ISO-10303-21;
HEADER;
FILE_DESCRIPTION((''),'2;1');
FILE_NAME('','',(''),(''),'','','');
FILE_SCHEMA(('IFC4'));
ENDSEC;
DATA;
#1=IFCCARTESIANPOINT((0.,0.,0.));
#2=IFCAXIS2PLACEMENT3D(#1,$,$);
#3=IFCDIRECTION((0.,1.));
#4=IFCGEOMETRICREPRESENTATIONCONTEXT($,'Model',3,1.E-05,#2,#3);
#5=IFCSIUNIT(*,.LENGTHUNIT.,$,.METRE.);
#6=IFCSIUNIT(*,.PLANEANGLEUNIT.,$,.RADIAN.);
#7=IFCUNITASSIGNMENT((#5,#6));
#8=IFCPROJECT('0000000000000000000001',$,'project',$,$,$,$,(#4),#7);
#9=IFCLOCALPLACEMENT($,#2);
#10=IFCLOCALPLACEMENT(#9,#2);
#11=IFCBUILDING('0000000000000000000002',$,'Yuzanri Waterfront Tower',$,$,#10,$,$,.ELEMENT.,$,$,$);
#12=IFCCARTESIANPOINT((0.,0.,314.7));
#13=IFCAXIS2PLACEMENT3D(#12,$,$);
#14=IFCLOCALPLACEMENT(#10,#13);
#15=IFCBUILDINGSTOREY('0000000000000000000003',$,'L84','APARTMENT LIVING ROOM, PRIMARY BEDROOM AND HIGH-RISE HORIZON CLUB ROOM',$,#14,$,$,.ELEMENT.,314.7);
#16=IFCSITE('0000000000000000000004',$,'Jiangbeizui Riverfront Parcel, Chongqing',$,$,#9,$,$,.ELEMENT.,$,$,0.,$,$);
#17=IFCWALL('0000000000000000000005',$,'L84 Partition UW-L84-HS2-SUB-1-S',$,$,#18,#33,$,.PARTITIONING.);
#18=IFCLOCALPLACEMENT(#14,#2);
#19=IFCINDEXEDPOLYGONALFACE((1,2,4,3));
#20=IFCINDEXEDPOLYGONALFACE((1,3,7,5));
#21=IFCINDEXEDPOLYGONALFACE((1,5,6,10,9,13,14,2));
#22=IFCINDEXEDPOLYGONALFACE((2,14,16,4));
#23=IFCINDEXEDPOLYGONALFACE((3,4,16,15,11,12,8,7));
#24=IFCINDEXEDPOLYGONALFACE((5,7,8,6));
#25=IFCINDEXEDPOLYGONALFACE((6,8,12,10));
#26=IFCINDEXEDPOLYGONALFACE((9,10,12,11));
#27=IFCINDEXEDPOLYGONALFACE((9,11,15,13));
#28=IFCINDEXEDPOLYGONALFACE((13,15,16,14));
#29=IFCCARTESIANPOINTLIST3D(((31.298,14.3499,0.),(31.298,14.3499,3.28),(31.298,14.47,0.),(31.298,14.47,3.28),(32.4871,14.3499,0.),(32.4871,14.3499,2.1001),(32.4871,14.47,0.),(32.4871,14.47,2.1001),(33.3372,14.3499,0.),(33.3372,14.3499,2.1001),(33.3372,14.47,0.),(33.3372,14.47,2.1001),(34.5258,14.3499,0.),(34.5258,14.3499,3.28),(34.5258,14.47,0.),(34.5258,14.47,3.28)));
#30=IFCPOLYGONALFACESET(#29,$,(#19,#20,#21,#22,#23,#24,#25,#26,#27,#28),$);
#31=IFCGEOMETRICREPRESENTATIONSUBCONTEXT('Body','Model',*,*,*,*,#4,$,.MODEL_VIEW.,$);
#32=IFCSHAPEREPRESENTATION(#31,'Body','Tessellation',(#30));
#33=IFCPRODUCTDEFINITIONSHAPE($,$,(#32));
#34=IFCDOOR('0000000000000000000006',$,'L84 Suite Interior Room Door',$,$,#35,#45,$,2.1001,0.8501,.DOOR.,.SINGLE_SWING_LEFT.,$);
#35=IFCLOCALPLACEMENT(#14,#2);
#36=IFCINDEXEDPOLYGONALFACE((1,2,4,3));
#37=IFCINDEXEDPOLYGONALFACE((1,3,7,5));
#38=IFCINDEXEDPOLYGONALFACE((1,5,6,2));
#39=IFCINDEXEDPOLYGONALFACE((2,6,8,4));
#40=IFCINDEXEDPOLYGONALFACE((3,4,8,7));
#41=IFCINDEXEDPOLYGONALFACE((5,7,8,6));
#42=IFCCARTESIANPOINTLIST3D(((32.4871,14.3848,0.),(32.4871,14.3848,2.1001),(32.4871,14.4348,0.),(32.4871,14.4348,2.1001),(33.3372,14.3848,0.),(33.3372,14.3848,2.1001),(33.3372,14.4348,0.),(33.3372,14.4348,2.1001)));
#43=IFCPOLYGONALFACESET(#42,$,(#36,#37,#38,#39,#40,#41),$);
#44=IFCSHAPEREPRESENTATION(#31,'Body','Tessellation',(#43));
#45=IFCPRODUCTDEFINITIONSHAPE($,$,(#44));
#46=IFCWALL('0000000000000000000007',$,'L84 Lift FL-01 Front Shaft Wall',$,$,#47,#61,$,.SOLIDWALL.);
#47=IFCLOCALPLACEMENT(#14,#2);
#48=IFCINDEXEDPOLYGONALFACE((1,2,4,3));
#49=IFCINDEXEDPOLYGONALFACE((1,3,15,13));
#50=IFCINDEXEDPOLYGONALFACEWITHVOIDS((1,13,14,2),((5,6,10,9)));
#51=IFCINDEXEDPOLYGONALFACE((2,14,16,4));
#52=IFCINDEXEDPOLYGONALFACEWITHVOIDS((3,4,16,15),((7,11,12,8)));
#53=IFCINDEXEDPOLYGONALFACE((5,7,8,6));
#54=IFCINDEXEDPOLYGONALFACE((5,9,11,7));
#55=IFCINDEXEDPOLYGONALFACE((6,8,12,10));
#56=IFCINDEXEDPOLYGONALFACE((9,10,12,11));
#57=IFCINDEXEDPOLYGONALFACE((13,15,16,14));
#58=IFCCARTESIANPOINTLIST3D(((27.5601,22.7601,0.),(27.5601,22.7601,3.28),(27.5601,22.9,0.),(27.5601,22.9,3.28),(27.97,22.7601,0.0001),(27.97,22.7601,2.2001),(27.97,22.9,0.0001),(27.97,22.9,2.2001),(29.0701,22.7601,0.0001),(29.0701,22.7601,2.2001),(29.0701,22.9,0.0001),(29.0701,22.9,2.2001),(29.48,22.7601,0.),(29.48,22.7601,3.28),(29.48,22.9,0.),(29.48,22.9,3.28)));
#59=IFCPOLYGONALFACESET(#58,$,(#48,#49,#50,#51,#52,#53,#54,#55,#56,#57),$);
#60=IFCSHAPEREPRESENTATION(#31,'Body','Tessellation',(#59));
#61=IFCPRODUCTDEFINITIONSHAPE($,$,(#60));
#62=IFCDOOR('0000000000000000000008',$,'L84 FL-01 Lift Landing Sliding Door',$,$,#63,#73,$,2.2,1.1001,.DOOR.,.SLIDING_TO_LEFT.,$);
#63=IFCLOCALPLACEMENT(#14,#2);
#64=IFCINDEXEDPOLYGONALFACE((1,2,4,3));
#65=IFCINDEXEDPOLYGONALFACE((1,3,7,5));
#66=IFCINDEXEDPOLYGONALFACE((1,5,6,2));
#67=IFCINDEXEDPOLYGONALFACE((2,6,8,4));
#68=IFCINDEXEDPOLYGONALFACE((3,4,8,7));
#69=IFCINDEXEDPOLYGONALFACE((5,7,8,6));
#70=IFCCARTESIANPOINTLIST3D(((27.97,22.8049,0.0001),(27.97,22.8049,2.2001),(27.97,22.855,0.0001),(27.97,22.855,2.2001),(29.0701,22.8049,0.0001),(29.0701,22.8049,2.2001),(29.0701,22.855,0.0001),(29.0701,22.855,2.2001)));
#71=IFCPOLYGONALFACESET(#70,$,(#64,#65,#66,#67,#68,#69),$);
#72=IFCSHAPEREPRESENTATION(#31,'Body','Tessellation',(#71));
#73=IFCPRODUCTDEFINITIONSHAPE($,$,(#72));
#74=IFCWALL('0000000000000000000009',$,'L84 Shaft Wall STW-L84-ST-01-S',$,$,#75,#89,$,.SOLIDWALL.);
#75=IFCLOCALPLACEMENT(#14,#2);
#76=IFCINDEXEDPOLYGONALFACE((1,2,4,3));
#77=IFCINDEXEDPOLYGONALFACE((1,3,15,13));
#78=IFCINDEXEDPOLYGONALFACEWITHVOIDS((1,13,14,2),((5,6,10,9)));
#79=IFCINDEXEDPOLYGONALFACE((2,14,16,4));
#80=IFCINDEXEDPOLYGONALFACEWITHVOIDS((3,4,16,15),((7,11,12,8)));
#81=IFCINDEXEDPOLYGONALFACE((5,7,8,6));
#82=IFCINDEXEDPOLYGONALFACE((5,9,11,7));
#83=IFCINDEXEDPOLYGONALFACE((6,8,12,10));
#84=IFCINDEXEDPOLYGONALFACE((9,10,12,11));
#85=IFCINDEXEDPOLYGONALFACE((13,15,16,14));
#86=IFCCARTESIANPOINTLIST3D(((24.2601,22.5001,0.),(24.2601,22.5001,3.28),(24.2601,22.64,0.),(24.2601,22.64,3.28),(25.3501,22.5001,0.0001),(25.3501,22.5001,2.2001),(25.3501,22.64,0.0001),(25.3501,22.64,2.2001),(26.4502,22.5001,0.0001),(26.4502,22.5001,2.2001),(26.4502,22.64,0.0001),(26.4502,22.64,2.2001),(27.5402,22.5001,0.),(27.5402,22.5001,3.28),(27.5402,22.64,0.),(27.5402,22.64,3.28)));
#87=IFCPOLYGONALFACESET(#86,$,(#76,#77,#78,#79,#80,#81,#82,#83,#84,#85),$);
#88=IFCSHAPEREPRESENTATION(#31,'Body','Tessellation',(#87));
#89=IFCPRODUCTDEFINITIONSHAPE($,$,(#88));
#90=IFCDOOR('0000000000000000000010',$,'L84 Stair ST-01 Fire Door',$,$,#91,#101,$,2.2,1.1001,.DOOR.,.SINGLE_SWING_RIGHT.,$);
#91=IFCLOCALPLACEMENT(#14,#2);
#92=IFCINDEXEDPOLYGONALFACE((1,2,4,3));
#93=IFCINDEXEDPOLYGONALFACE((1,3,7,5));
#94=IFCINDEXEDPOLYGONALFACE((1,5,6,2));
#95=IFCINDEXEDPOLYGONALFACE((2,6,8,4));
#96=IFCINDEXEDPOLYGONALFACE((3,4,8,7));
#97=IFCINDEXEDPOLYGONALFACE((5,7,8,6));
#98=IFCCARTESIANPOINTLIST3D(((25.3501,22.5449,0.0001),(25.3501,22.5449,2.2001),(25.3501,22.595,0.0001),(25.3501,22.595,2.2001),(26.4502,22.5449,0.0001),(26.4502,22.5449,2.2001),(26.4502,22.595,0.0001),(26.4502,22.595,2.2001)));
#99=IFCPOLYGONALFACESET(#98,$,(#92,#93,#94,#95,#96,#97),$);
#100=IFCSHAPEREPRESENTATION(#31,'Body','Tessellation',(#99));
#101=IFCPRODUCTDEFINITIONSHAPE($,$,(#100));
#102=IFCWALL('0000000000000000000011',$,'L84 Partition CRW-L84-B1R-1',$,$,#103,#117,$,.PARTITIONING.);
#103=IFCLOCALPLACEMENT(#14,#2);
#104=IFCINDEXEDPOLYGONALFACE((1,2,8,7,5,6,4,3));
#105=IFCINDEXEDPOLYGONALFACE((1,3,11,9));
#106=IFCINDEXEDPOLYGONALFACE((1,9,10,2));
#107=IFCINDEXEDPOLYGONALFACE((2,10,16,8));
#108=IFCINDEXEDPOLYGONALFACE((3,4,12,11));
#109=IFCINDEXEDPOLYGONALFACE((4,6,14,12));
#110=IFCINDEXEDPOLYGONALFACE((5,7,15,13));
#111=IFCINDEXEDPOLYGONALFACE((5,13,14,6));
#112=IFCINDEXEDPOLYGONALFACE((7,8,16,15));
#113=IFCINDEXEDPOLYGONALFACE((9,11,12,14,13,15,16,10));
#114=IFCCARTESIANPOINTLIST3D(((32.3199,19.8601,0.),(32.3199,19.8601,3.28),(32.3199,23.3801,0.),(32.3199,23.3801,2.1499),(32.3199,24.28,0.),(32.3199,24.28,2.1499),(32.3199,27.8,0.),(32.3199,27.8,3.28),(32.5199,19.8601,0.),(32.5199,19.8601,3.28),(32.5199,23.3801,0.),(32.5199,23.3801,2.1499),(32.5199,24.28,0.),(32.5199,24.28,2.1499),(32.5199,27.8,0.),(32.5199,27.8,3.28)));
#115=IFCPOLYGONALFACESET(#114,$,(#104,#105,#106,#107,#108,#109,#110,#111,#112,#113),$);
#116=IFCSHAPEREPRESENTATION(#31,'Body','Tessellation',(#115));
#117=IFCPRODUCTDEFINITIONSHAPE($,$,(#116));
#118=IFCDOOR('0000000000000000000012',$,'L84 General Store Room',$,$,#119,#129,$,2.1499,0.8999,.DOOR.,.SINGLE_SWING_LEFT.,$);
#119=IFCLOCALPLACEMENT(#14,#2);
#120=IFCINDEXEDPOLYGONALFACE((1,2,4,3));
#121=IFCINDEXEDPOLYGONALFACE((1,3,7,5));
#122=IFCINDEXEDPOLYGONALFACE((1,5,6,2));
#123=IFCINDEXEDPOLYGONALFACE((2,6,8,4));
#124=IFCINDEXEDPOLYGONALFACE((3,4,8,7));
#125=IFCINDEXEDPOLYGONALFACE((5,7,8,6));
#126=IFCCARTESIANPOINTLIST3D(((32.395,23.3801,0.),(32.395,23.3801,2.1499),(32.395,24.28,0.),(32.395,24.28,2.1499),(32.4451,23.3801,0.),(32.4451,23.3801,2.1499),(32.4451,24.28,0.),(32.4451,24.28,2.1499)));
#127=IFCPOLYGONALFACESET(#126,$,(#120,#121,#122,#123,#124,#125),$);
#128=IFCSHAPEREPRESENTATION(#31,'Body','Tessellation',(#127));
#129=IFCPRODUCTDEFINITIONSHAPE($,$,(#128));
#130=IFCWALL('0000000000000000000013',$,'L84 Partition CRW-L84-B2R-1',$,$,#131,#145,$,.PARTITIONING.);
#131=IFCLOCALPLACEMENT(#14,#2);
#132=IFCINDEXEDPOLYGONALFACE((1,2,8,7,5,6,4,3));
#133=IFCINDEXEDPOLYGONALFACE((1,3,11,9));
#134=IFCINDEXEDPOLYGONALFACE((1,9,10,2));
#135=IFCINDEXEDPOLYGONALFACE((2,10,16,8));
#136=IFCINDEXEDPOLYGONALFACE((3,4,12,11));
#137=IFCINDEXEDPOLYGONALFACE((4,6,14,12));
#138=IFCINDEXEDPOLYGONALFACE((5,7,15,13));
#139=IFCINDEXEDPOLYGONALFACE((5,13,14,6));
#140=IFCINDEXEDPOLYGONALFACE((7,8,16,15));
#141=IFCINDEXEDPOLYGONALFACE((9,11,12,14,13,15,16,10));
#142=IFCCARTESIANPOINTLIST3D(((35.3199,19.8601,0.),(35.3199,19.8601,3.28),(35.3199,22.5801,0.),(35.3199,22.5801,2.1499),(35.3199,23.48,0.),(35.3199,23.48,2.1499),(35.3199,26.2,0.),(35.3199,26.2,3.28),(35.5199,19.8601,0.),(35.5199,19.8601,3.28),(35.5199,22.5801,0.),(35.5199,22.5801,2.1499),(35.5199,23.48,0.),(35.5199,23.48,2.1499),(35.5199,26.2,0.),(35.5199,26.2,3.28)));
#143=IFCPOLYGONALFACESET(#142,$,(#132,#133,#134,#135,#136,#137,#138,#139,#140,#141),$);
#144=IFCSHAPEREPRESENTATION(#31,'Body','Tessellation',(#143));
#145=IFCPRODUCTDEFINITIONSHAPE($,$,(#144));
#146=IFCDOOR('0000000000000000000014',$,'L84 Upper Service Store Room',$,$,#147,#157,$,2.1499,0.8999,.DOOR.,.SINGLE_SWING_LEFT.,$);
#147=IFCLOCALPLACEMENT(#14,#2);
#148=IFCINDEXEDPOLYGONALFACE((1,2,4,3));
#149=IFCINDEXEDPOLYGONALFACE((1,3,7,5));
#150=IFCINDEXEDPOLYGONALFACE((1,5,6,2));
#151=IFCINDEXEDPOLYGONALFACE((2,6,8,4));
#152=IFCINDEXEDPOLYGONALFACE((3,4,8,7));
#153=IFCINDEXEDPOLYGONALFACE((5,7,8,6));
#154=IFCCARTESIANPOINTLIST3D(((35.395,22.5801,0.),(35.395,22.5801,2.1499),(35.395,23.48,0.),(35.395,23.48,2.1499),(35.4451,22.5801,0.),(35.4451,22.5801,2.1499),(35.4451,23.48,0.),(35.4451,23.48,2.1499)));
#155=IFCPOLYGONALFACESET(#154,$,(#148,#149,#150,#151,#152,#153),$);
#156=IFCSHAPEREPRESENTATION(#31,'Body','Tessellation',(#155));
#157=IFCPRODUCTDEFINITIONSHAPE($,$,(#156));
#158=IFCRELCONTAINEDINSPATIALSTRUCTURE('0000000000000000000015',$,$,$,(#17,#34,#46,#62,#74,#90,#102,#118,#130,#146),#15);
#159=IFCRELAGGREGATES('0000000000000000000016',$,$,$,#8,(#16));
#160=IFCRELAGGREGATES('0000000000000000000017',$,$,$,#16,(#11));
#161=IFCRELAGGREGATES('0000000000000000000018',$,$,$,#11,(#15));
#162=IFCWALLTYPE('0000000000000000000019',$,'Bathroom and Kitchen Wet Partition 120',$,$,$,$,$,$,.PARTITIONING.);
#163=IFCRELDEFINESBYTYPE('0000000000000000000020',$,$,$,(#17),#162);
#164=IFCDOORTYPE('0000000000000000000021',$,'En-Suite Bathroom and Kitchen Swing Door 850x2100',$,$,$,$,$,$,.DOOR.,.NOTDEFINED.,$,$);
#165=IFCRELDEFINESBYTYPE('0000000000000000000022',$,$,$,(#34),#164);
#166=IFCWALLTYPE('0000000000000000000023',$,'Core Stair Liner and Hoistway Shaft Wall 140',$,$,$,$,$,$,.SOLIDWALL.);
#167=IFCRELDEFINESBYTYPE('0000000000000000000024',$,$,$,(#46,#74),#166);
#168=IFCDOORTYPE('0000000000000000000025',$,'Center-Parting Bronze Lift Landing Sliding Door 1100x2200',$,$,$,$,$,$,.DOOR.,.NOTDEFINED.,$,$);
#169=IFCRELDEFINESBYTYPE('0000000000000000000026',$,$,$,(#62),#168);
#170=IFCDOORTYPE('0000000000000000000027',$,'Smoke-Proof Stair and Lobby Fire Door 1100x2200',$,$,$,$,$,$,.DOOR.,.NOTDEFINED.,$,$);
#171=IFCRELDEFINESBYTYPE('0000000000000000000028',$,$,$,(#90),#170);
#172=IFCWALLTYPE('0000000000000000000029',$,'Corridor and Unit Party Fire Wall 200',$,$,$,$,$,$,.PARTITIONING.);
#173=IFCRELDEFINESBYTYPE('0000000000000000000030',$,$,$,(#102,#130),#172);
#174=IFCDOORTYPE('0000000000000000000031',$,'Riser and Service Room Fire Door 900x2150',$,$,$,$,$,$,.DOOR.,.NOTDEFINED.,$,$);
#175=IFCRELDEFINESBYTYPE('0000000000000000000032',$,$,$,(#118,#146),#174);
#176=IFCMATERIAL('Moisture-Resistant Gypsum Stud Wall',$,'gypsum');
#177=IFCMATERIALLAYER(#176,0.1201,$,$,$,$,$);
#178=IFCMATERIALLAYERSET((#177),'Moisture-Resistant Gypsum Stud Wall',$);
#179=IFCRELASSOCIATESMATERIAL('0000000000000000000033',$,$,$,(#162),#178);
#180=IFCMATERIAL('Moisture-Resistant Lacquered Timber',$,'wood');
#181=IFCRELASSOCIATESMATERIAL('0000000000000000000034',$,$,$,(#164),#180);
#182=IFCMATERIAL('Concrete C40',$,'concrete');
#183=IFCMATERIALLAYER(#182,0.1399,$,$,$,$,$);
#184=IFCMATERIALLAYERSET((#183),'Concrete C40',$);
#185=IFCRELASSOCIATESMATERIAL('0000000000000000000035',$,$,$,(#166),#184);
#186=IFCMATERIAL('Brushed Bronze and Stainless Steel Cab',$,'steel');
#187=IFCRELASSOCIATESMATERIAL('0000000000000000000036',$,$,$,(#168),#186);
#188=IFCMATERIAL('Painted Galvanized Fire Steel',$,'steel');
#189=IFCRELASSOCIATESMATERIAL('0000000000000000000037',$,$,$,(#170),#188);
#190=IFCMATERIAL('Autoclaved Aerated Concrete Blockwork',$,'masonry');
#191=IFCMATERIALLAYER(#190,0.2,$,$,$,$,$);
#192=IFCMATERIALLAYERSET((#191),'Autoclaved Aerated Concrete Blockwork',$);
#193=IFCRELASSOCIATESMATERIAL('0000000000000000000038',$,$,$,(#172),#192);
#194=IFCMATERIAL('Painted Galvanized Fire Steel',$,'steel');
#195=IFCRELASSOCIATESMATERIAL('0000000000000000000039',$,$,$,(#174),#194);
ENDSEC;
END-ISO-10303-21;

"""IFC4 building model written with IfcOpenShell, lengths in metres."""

from ifc_helpers import new_model, si_unit, direction, frame, frame_2d, origin, place, context, subcontext, project, spatial, rectangle, extrude, source, transform, mapped, material, layer, layer_set, type_object, element, fill, save


model = new_model("IFC4")

# Units and contexts
model_context = context("Model", 3, precision=1e-05, world=origin(), true_north=direction((0.0, 1.0)))
body_context = subcontext(model_context, "Body", "Model", "MODEL_VIEW")
ifc_project = project(units=[si_unit("LENGTHUNIT", "METRE"), si_unit("PLANEANGLEUNIT", "RADIAN")], contexts=[model_context])

# Site, building, storey
site_placement = place(None, origin())
site = spatial("IfcSite", under=ifc_project, at=site_placement, Name="Jiangbeizui Riverfront Parcel, Chongqing", CompositionType="ELEMENT", RefElevation=0.0)
building_placement = place(site_placement, origin())
building = spatial("IfcBuilding", under=site, at=building_placement, Name="Yuzanri Waterfront Tower", CompositionType="ELEMENT")
storey_placement = place(building_placement, frame((0.0, 0.0, 314.7)))
storey = spatial("IfcBuildingStorey", under=building, at=storey_placement, Name="L84", Description="APARTMENT LIVING ROOM, PRIMARY BEDROOM AND HIGH-RISE HORIZON CLUB ROOM", CompositionType="ELEMENT", Elevation=314.7)

# Walls, openings, doors
ifc_material_1 = material(Name="Moisture-Resistant Gypsum Stud Wall", Category="gypsum")
ifc_layer_1 = layer(ifc_material_1, 0.1201)
ifc_layer_set_1 = layer_set([ifc_layer_1], Name="Moisture-Resistant Gypsum Stud Wall")
wall_type_1 = type_object("IfcWallType", Name="Bathroom and Kitchen Wet Partition 120", PredefinedType="PARTITIONING", material=ifc_layer_set_1)
ifc_material_2 = material(Name="Moisture-Resistant Lacquered Timber", Category="wood")
door_type_1 = type_object("IfcDoorType", Name="En-Suite Bathroom and Kitchen Swing Door 850x2100", OperationType="NOTDEFINED", PredefinedType="DOOR", material=ifc_material_2)
shared_shape_1 = source(origin(), body_context, "Body", "SweptSolid", [
    extrude(rectangle(XDim=0.8501, YDim=2.1001, at=frame_2d((0.425, 1.05))), frame((0.0, 0.0249, 0.0), z_axis=(0.0, -1.0, 0.0), x_axis=(1.0, 0.0, 0.0)), (0.0, 0.0, 1.0), 0.05),
])
wall_1_placement = place(storey_placement, frame((31.2981, 14.4099, 0.0), z_axis=(0.0, 0.0, 1.0), x_axis=(1.0, 0.0, 0.0)))
wall_1 = element("IfcWall", 1, at=wall_1_placement, inside=storey, type_object=wall_type_1, Name="L84 Partition UW-L84-HS2-SUB-1-S", PredefinedType="PARTITIONING", context=body_context, shape_type="SweptSolid", body=[
    extrude(rectangle(XDim=3.2278, YDim=0.1201, at=frame_2d((1.6138, 0.0))), origin(), (0.0, 0.0, 1.0), 3.28),
])
opening_1_placement = place(wall_1_placement, frame((1.189, 0.0, 0.0)))
opening_1 = element("IfcOpeningElement", 2, at=opening_1_placement, cuts=wall_1, PredefinedType="OPENING", context=body_context, shape_type="SweptSolid", body=[
    extrude(rectangle(XDim=0.8501, YDim=2.1001, at=frame_2d((0.425, 1.05))), frame((0.0, 0.075, 0.0), z_axis=(0.0, -1.0, 0.0), x_axis=(1.0, 0.0, 0.0)), (0.0, 0.0, 1.0), 0.1499),
])
door_1_placement = place(opening_1_placement, origin())
door_1 = element("IfcDoor", 3, at=door_1_placement, inside=storey, type_object=door_type_1, Name="L84 Suite Interior Room Door", OperationType="SINGLE_SWING_LEFT", OverallHeight=2.1001, OverallWidth=0.8501, PredefinedType="DOOR", context=body_context, shape_type="MappedRepresentation", body=[
    mapped(shared_shape_1, transform((0.0, 0.0, 0.0), scale=1.0)),
])
fill(opening_1, door_1)
ifc_material_3 = material(Name="Concrete C40", Category="concrete")
ifc_layer_2 = layer(ifc_material_3, 0.1399)
ifc_layer_set_2 = layer_set([ifc_layer_2], Name="Concrete C40")
wall_type_2 = type_object("IfcWallType", Name="Core Stair Liner and Hoistway Shaft Wall 140", PredefinedType="SOLIDWALL", material=ifc_layer_set_2)
wall_2_placement = place(storey_placement, frame((27.5601, 22.8301, 0.0), z_axis=(0.0, 0.0, 1.0), x_axis=(1.0, 0.0, 0.0)))
wall_2 = element("IfcWall", 4, at=wall_2_placement, inside=storey, type_object=wall_type_2, Name="L84 Lift FL-01 Front Shaft Wall", PredefinedType="SOLIDWALL", context=body_context, shape_type="SweptSolid", body=[
    extrude(rectangle(XDim=1.9199, YDim=0.1399, at=frame_2d((0.96, 0.0))), origin(), (0.0, 0.0, 1.0), 3.28),
])
opening_2_placement = place(wall_2_placement, frame((0.4099, 0.0, 0.0)))
opening_2 = element("IfcOpeningElement", 5, at=opening_2_placement, cuts=wall_2, PredefinedType="OPENING", context=body_context, shape_type="SweptSolid", body=[
    extrude(rectangle(XDim=1.1001, YDim=2.2, at=frame_2d((0.55, 1.1001))), frame((0.0, 0.085, 0.0), z_axis=(0.0, -1.0, 0.0), x_axis=(1.0, 0.0, 0.0)), (0.0, 0.0, 1.0), 0.1697),
])
ifc_material_4 = material(Name="Brushed Bronze and Stainless Steel Cab", Category="steel")
door_type_2 = type_object("IfcDoorType", Name="Center-Parting Bronze Lift Landing Sliding Door 1100x2200", OperationType="NOTDEFINED", PredefinedType="DOOR", material=ifc_material_4)
shared_shape_2 = source(origin(), body_context, "Body", "SweptSolid", [
    extrude(rectangle(XDim=1.1001, YDim=2.2, at=frame_2d((0.55, 1.1001))), frame((0.0, 0.0249, 0.0), z_axis=(0.0, -1.0, 0.0), x_axis=(1.0, 0.0, 0.0)), (0.0, 0.0, 1.0), 0.05),
])
door_2_placement = place(opening_2_placement, origin())
door_2 = element("IfcDoor", 6, at=door_2_placement, inside=storey, type_object=door_type_2, Name="L84 FL-01 Lift Landing Sliding Door", OperationType="SLIDING_TO_LEFT", OverallHeight=2.2, OverallWidth=1.1001, PredefinedType="DOOR", context=body_context, shape_type="MappedRepresentation", body=[
    mapped(shared_shape_2, transform((0.0, 0.0, 0.0), scale=1.0)),
])
fill(opening_2, door_2)
wall_3_placement = place(storey_placement, frame((24.26, 22.5701, 0.0), z_axis=(0.0, 0.0, 1.0), x_axis=(1.0, 0.0, 0.0)))
wall_3 = element("IfcWall", 7, at=wall_3_placement, inside=storey, type_object=wall_type_2, Name="L84 Shaft Wall STW-L84-ST-01-S", PredefinedType="SOLIDWALL", context=body_context, shape_type="SweptSolid", body=[
    extrude(rectangle(XDim=3.28, YDim=0.1399, at=frame_2d((1.6401, 0.0))), origin(), (0.0, 0.0, 1.0), 3.28),
])
opening_3_placement = place(wall_3_placement, frame((1.0901, 0.0, 0.0)))
opening_3 = element("IfcOpeningElement", 8, at=opening_3_placement, cuts=wall_3, PredefinedType="OPENING", context=body_context, shape_type="SweptSolid", body=[
    extrude(rectangle(XDim=1.1001, YDim=2.2, at=frame_2d((0.55, 1.1001))), frame((0.0, 0.085, 0.0), z_axis=(0.0, -1.0, 0.0), x_axis=(1.0, 0.0, 0.0)), (0.0, 0.0, 1.0), 0.1697),
])
ifc_material_5 = material(Name="Painted Galvanized Fire Steel", Category="steel")
door_type_3 = type_object("IfcDoorType", Name="Smoke-Proof Stair and Lobby Fire Door 1100x2200", OperationType="NOTDEFINED", PredefinedType="DOOR", material=ifc_material_5)
shared_shape_3 = source(origin(), body_context, "Body", "SweptSolid", [
    extrude(rectangle(XDim=1.1001, YDim=2.2, at=frame_2d((0.55, 1.1001))), frame((0.0, 0.0249, 0.0), z_axis=(0.0, -1.0, 0.0), x_axis=(1.0, 0.0, 0.0)), (0.0, 0.0, 1.0), 0.05),
])
door_3_placement = place(opening_3_placement, origin())
door_3 = element("IfcDoor", 9, at=door_3_placement, inside=storey, type_object=door_type_3, Name="L84 Stair ST-01 Fire Door", OperationType="SINGLE_SWING_RIGHT", OverallHeight=2.2, OverallWidth=1.1001, PredefinedType="DOOR", context=body_context, shape_type="MappedRepresentation", body=[
    mapped(shared_shape_3, transform((0.0, 0.0, 0.0), scale=1.0)),
])
fill(opening_3, door_3)
ifc_material_6 = material(Name="Autoclaved Aerated Concrete Blockwork", Category="masonry")
ifc_layer_3 = layer(ifc_material_6, 0.2)
ifc_layer_set_3 = layer_set([ifc_layer_3], Name="Autoclaved Aerated Concrete Blockwork")
wall_type_3 = type_object("IfcWallType", Name="Corridor and Unit Party Fire Wall 200", PredefinedType="PARTITIONING", material=ifc_layer_set_3)
wall_4_placement = place(storey_placement, frame((32.4199, 19.8601, 0.0), z_axis=(0.0, 0.0, 1.0), x_axis=(0.0, 1.0, 0.0)))
wall_4 = element("IfcWall", 10, at=wall_4_placement, inside=storey, type_object=wall_type_3, Name="L84 Partition CRW-L84-B1R-1", PredefinedType="PARTITIONING", context=body_context, shape_type="SweptSolid", body=[
    extrude(rectangle(XDim=7.9399, YDim=0.2, at=frame_2d((3.97, 0.0))), origin(), (0.0, 0.0, 1.0), 3.28),
])
opening_4_placement = place(wall_4_placement, frame((3.52, 0.0, 0.0)))
opening_4 = element("IfcOpeningElement", 11, at=opening_4_placement, cuts=wall_4, PredefinedType="OPENING", context=body_context, shape_type="SweptSolid", body=[
    extrude(rectangle(XDim=0.8999, YDim=2.1499, at=frame_2d((0.45, 1.075))), frame((0.0, 0.1147, 0.0), z_axis=(0.0, -1.0, 0.0), x_axis=(1.0, 0.0, 0.0)), (0.0, 0.0, 1.0), 0.2297),
])
ifc_material_7 = material(Name="Painted Galvanized Fire Steel", Category="steel")
door_type_4 = type_object("IfcDoorType", Name="Riser and Service Room Fire Door 900x2150", OperationType="NOTDEFINED", PredefinedType="DOOR", material=ifc_material_7)
shared_shape_4 = source(origin(), body_context, "Body", "SweptSolid", [
    extrude(rectangle(XDim=0.8999, YDim=2.1499, at=frame_2d((0.45, 1.075))), frame((0.0, 0.0249, 0.0), z_axis=(0.0, -1.0, 0.0), x_axis=(1.0, 0.0, 0.0)), (0.0, 0.0, 1.0), 0.05),
])
door_4_placement = place(opening_4_placement, origin())
door_4 = element("IfcDoor", 12, at=door_4_placement, inside=storey, type_object=door_type_4, Name="L84 General Store Room", OperationType="SINGLE_SWING_LEFT", OverallHeight=2.1499, OverallWidth=0.8999, PredefinedType="DOOR", context=body_context, shape_type="MappedRepresentation", body=[
    mapped(shared_shape_4, transform((0.0, 0.0, 0.0), scale=1.0)),
])
fill(opening_4, door_4)
wall_5_placement = place(storey_placement, frame((35.4199, 19.8601, 0.0), z_axis=(0.0, 0.0, 1.0), x_axis=(0.0, 1.0, 0.0)))
wall_5 = element("IfcWall", 13, at=wall_5_placement, inside=storey, type_object=wall_type_3, Name="L84 Partition CRW-L84-B2R-1", PredefinedType="PARTITIONING", context=body_context, shape_type="SweptSolid", body=[
    extrude(rectangle(XDim=6.3398, YDim=0.2, at=frame_2d((3.1699, 0.0))), origin(), (0.0, 0.0, 1.0), 3.28),
])
opening_5_placement = place(wall_5_placement, frame((2.72, 0.0, 0.0)))
opening_5 = element("IfcOpeningElement", 14, at=opening_5_placement, cuts=wall_5, PredefinedType="OPENING", context=body_context, shape_type="SweptSolid", body=[
    extrude(rectangle(XDim=0.8999, YDim=2.1499, at=frame_2d((0.45, 1.075))), frame((0.0, 0.1147, 0.0), z_axis=(0.0, -1.0, 0.0), x_axis=(1.0, 0.0, 0.0)), (0.0, 0.0, 1.0), 0.2297),
])
door_5_placement = place(opening_5_placement, origin())
door_5 = element("IfcDoor", 15, at=door_5_placement, inside=storey, type_object=door_type_4, Name="L84 Upper Service Store Room", OperationType="SINGLE_SWING_LEFT", OverallHeight=2.1499, OverallWidth=0.8999, PredefinedType="DOOR", context=body_context, shape_type="MappedRepresentation", body=[
    mapped(shared_shape_4, transform((0.0, 0.0, 0.0), scale=1.0)),
])
fill(opening_5, door_5)

save(model, "model.ifc")
